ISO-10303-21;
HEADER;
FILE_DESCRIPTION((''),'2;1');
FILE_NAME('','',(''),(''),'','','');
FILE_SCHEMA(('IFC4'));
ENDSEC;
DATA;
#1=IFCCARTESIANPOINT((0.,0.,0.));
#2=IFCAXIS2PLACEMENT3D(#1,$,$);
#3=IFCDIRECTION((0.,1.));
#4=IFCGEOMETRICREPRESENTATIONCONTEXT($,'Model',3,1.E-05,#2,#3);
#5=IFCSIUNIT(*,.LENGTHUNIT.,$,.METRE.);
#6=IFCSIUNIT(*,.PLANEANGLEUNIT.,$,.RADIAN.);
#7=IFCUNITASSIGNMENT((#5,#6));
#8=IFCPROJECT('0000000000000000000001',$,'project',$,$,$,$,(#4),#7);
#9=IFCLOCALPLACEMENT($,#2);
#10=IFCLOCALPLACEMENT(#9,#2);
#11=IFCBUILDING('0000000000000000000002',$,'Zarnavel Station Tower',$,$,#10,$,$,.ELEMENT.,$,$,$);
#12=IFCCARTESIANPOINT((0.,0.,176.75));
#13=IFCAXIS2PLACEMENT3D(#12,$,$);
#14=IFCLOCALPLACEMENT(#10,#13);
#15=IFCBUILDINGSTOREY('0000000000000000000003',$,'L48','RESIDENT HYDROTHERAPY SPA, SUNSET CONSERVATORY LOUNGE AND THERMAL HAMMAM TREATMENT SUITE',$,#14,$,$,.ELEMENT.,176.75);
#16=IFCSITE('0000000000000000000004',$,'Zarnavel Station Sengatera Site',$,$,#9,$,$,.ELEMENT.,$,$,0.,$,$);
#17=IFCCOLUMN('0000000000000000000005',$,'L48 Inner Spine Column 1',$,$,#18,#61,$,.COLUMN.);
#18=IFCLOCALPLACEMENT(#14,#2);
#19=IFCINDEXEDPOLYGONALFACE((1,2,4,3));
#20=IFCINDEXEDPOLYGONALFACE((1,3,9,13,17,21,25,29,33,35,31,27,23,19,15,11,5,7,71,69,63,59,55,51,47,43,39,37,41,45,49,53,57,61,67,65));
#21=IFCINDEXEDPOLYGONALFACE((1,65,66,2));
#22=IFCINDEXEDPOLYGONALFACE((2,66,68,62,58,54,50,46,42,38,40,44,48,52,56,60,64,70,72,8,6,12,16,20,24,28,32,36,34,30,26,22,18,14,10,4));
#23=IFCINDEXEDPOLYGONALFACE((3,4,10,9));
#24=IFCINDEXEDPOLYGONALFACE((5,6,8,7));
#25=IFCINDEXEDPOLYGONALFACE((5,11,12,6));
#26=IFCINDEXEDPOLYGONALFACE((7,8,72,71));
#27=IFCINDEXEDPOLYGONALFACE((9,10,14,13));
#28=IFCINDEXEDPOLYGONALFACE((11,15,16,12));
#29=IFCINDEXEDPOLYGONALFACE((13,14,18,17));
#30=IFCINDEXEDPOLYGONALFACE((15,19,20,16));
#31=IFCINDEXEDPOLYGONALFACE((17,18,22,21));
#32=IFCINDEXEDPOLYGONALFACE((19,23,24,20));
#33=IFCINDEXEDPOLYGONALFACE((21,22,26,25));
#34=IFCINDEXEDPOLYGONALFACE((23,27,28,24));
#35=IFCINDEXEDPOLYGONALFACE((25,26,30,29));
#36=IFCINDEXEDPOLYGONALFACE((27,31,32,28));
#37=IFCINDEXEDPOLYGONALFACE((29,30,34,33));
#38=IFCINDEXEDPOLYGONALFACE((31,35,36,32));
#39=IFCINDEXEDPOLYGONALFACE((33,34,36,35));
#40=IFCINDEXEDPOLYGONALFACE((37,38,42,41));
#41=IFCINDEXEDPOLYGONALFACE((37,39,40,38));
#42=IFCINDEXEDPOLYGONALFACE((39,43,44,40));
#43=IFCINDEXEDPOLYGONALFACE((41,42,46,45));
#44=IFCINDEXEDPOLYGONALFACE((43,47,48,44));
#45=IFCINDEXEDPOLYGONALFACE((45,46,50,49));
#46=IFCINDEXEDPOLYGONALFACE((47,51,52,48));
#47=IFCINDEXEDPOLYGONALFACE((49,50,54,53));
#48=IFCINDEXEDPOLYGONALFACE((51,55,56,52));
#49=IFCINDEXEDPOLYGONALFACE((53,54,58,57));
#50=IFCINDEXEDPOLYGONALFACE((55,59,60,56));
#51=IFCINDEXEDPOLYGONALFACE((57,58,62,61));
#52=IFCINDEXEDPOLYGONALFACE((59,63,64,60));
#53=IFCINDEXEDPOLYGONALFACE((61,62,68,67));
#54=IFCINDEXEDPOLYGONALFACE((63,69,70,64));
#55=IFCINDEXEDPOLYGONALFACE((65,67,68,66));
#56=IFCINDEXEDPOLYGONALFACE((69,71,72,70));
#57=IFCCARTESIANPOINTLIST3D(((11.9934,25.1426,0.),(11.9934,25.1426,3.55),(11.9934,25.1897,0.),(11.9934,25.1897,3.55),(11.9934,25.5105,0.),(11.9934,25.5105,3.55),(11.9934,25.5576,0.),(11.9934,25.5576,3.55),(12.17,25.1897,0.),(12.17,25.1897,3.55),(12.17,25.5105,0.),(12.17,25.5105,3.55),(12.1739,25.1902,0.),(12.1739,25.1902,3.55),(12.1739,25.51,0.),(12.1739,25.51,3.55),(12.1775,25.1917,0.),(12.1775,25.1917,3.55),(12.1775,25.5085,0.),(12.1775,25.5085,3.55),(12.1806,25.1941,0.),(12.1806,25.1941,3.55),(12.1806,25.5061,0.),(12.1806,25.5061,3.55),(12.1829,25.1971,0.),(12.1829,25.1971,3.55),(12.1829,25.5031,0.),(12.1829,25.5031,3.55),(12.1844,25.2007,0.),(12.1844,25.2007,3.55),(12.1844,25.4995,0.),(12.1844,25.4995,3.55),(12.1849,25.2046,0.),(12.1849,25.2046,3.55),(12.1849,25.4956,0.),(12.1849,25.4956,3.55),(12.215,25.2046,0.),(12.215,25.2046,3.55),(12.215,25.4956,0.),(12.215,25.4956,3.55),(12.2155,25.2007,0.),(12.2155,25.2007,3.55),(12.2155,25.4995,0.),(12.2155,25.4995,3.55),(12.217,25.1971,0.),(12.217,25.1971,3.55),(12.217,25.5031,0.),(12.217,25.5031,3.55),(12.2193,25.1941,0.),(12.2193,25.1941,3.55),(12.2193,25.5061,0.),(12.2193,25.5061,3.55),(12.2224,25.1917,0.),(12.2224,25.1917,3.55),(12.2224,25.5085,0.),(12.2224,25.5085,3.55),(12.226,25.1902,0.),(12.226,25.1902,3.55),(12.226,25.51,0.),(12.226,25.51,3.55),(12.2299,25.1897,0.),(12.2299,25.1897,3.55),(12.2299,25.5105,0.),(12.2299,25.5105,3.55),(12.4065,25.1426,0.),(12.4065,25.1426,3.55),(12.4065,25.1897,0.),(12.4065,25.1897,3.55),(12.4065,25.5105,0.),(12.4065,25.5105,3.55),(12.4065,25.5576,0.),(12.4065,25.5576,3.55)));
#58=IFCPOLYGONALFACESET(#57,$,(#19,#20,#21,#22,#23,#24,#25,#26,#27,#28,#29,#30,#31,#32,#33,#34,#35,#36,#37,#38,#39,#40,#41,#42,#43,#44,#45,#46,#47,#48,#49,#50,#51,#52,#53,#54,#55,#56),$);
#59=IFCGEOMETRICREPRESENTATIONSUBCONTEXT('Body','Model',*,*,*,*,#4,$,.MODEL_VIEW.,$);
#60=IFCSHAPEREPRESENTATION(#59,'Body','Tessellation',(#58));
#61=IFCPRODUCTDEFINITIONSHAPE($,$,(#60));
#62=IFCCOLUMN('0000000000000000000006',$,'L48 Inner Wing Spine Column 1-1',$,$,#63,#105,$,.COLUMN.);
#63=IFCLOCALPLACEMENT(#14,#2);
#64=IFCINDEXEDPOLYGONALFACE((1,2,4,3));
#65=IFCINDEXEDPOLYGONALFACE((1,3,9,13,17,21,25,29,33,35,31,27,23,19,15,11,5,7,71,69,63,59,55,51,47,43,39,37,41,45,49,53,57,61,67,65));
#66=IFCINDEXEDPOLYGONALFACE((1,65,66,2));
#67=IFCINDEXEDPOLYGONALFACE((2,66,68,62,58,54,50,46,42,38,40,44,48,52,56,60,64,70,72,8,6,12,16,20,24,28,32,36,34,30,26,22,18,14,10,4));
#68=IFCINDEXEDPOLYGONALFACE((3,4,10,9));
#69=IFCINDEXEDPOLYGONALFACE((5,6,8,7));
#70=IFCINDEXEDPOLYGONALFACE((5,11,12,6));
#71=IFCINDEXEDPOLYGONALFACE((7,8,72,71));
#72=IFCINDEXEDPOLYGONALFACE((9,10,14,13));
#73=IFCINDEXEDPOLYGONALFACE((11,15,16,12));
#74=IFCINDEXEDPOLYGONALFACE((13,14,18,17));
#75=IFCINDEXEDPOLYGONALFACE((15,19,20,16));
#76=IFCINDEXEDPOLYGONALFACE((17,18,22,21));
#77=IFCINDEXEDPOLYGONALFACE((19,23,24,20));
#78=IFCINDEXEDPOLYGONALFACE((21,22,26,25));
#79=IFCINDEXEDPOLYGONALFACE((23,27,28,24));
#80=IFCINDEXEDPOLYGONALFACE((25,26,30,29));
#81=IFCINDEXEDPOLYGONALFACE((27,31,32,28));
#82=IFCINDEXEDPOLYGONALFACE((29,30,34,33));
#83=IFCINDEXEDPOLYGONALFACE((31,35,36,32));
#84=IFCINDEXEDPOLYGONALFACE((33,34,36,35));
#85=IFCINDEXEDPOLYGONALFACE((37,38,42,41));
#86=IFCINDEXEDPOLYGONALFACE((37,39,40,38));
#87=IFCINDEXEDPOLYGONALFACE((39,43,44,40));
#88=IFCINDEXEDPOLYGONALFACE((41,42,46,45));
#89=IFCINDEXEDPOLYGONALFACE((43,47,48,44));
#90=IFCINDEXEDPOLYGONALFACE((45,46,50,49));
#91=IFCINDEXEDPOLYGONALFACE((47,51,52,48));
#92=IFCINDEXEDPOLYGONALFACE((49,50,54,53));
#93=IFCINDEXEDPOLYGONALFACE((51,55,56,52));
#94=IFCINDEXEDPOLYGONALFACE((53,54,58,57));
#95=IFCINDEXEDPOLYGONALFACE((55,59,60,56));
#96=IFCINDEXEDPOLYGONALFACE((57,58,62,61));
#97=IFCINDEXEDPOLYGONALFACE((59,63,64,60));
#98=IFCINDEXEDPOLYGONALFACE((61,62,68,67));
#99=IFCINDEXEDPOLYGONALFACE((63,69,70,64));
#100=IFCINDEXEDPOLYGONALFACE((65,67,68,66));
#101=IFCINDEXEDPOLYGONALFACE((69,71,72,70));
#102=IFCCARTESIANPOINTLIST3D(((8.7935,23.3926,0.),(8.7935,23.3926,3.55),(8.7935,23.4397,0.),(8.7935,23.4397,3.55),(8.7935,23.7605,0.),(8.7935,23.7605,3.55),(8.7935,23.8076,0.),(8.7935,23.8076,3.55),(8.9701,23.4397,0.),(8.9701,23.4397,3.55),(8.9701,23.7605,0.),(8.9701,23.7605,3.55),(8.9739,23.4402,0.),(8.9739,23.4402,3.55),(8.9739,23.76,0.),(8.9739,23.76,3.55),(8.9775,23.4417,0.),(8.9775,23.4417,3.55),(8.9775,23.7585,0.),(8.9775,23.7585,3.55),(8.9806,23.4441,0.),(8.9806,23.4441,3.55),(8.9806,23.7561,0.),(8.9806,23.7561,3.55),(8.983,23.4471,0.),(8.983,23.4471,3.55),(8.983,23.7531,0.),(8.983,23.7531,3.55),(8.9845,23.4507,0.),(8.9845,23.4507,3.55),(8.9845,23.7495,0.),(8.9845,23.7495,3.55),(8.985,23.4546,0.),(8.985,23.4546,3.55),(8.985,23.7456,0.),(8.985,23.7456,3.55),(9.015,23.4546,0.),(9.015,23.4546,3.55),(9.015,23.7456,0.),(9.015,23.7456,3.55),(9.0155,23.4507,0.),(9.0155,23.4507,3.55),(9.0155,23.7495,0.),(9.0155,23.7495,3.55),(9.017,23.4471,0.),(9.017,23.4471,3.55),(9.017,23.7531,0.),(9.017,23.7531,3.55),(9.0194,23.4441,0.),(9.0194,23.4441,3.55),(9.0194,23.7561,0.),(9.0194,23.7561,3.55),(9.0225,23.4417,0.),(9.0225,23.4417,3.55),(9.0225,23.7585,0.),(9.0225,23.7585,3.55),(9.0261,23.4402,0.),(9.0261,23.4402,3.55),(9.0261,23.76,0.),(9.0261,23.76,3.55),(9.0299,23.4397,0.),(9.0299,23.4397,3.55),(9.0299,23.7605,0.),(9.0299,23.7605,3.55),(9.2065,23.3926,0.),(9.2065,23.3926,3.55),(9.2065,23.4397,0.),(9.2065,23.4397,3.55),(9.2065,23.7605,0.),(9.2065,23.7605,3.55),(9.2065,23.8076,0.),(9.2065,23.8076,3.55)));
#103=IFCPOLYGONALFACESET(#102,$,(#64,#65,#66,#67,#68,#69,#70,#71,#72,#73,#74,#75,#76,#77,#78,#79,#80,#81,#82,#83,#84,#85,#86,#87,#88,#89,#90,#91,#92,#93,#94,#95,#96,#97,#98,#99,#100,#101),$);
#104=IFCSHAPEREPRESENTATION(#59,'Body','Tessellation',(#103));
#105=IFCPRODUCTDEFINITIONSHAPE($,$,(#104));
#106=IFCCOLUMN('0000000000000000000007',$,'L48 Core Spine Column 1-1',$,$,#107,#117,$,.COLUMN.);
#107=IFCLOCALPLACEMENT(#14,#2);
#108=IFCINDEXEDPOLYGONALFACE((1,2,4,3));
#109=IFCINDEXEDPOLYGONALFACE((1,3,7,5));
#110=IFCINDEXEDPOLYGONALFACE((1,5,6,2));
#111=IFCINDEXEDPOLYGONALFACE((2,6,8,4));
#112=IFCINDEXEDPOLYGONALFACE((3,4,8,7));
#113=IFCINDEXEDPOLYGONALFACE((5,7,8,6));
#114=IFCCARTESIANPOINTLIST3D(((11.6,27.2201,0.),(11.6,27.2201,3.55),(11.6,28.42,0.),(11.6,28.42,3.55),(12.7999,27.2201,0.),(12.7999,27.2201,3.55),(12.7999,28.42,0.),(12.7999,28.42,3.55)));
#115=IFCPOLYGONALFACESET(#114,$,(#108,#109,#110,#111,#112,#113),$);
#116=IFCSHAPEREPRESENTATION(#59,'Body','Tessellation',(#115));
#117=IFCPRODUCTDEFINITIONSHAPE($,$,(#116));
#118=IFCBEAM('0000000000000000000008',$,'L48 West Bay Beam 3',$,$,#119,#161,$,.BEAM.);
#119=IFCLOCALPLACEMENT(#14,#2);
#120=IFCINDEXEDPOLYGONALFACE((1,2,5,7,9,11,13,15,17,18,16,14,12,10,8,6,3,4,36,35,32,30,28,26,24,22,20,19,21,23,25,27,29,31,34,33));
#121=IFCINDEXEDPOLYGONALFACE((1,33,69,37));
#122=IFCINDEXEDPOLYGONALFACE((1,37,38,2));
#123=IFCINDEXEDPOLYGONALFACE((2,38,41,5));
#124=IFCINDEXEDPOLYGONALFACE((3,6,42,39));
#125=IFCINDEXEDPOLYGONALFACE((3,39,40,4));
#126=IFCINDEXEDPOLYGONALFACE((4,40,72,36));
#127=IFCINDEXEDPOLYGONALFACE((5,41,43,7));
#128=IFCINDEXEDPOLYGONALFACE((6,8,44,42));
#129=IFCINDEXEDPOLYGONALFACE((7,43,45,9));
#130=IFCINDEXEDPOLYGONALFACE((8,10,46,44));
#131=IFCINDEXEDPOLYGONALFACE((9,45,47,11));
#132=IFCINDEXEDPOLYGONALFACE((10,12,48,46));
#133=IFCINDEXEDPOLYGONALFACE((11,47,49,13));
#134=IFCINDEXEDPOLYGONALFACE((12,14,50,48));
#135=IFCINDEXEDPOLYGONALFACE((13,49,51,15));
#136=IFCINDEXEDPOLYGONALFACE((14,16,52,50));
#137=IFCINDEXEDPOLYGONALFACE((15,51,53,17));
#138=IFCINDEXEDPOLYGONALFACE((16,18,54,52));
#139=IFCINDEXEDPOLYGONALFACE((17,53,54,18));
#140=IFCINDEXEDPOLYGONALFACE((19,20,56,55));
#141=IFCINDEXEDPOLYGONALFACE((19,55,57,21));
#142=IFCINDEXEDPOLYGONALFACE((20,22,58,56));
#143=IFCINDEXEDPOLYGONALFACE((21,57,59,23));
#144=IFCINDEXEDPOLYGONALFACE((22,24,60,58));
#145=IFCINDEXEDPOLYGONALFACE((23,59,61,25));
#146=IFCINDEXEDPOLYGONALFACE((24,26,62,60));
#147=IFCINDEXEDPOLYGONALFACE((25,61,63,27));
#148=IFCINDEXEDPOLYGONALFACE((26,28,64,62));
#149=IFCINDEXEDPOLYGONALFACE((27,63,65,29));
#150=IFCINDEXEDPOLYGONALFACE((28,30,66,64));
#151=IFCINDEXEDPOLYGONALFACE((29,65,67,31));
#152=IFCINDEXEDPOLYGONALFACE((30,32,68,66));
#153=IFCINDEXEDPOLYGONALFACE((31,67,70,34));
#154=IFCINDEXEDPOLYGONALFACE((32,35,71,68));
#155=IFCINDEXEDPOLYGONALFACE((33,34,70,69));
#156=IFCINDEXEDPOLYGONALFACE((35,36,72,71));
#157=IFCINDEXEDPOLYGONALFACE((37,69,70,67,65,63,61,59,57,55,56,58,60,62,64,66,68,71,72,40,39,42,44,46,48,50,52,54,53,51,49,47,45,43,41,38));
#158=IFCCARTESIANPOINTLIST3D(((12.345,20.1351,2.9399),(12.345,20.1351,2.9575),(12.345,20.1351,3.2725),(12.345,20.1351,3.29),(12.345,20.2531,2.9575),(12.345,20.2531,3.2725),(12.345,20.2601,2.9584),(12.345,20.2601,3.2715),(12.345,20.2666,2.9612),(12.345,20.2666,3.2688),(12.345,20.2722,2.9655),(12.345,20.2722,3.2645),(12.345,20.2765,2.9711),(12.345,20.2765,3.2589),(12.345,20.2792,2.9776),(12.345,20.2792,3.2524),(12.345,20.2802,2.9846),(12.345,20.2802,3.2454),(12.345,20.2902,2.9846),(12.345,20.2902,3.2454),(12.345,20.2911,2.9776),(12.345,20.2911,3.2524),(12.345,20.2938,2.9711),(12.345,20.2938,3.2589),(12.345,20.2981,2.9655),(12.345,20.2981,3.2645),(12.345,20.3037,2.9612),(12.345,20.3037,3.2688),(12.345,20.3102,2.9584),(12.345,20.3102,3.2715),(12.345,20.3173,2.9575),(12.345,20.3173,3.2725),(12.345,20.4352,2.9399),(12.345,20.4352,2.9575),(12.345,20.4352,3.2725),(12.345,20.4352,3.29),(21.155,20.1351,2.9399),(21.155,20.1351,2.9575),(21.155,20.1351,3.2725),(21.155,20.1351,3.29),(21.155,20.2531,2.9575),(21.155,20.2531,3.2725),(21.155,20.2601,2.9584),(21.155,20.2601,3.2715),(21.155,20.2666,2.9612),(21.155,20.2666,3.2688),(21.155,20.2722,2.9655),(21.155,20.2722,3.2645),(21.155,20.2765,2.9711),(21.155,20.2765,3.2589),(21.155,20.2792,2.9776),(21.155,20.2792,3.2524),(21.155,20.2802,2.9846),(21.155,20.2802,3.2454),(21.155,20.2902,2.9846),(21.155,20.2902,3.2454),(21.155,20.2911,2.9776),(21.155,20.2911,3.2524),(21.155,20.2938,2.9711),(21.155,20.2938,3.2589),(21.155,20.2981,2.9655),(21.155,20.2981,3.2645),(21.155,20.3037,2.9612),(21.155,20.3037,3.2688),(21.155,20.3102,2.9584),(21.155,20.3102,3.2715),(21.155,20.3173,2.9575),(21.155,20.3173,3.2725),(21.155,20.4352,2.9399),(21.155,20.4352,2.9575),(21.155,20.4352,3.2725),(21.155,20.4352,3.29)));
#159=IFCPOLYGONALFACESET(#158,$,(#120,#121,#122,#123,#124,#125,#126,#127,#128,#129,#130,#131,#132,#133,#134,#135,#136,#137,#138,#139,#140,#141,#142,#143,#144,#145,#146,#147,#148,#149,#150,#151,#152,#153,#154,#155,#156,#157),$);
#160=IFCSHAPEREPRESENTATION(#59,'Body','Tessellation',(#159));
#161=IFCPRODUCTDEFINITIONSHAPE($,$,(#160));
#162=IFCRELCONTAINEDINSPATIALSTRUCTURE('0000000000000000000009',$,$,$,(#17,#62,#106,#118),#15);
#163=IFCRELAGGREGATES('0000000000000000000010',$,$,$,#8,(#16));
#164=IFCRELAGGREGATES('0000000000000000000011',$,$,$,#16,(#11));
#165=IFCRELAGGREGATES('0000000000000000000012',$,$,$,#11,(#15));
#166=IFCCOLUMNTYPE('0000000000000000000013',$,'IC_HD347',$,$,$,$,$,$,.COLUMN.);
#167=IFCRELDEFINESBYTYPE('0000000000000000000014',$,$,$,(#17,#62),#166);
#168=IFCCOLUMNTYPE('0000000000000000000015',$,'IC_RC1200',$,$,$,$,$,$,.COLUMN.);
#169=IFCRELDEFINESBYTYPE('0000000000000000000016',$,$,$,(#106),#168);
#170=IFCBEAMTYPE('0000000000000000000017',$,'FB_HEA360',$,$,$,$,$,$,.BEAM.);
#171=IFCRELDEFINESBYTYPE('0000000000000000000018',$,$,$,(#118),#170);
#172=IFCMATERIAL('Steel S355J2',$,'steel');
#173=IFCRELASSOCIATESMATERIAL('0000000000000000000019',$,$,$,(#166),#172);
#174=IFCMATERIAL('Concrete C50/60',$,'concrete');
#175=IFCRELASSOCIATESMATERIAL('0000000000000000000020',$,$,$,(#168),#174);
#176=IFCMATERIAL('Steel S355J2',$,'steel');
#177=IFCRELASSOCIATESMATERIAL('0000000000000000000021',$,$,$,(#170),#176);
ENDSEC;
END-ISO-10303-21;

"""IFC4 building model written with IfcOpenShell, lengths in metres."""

from ifc_helpers import new_model, si_unit, direction, frame, origin, origin_2d, place, context, subcontext, project, spatial, rectangle, i_section, extrude, material, material_profile, profile_set, type_object, element, save


model = new_model("IFC4")

# Units and contexts
model_context = context("Model", 3, precision=1e-05, world=origin(), true_north=direction((0.0, 1.0)))
body_context = subcontext(model_context, "Body", "Model", "MODEL_VIEW")
ifc_project = project(units=[si_unit("LENGTHUNIT", "METRE"), si_unit("PLANEANGLEUNIT", "RADIAN")], contexts=[model_context])

# Site, building, storey
site_placement = place(None, origin())
site = spatial("IfcSite", under=ifc_project, at=site_placement, Name="Zarnavel Station Sengatera Site", CompositionType="ELEMENT", RefElevation=0.0)
building_placement = place(site_placement, origin())
building = spatial("IfcBuilding", under=site, at=building_placement, Name="Zarnavel Station Tower", CompositionType="ELEMENT")
storey_placement = place(building_placement, frame((0.0, 0.0, 176.75)))
storey = spatial("IfcBuildingStorey", under=building, at=storey_placement, Name="L48", Description="RESIDENT HYDROTHERAPY SPA, SUNSET CONSERVATORY LOUNGE AND THERMAL HAMMAM TREATMENT SUITE", CompositionType="ELEMENT", Elevation=176.75)

# Columns
ifc_material_1 = material(Name="Steel S355J2", Category="steel")
ifc_material_profile_1 = material_profile(ifc_material_1, i_section(OverallWidth=0.4131, OverallDepth=0.415, WebThickness=0.03, FlangeThickness=0.0471, FilletRadius=0.0149, at=origin_2d()), Name="HD400x347")
ifc_profile_set_1 = profile_set([ifc_material_profile_1], Name="Steel S355J2")
column_type_1 = type_object("IfcColumnType", Name="IC_HD347", PredefinedType="COLUMN", material=ifc_profile_set_1)
for number, where, z_axis, x_axis, name in (
    (1, (12.2, 25.3501, 0.0), (0.0, 0.0, 1.0), (1.0, 0.0, 0.0), "L48 Inner Spine Column 1"),
    (2, (9.0, 23.6001, 0.0), (0.0, 0.0, 1.0), (1.0, 0.0, 0.0), "L48 Inner Wing Spine Column 1-1"),
):
    element("IfcColumn", number, at=place(storey_placement, frame(where, z_axis=z_axis, x_axis=x_axis)), inside=storey, type_object=column_type_1, Name=name, PredefinedType="COLUMN", context=body_context, shape_type="SweptSolid", body=[
        extrude(i_section(OverallWidth=0.4131, OverallDepth=0.415, WebThickness=0.03, FlangeThickness=0.0471, FilletRadius=0.0149, at=origin_2d()), origin(), (0.0, 0.0, 1.0), 3.55),
    ])
ifc_material_2 = material(Name="Concrete C50/60", Category="concrete")
ifc_material_profile_2 = material_profile(ifc_material_2, rectangle(XDim=1.2, YDim=1.2, at=origin_2d()), Name="RC1200x1200")
ifc_profile_set_2 = profile_set([ifc_material_profile_2], Name="Concrete C50/60")
column_type_2 = type_object("IfcColumnType", Name="IC_RC1200", PredefinedType="COLUMN", material=ifc_profile_set_2)
column_placement = place(storey_placement, frame((12.2, 27.8201, 0.0), z_axis=(0.0, 0.0, 1.0), x_axis=(1.0, 0.0, 0.0)))
element("IfcColumn", 3, at=column_placement, inside=storey, type_object=column_type_2, Name="L48 Core Spine Column 1-1", PredefinedType="COLUMN", context=body_context, shape_type="SweptSolid", body=[
    extrude(rectangle(XDim=1.2, YDim=1.2, at=origin_2d()), origin(), (0.0, 0.0, 1.0), 3.55),
])

# Beam
ifc_material_3 = material(Name="Steel S355J2", Category="steel")
ifc_material_profile_3 = material_profile(ifc_material_3, i_section(OverallWidth=0.3, OverallDepth=0.3501, WebThickness=0.01, FlangeThickness=0.0176, FilletRadius=0.0271, at=origin_2d()), Name="HEA360")
ifc_profile_set_3 = profile_set([ifc_material_profile_3], Name="Steel S355J2")
beam_type_1 = type_object("IfcBeamType", Name="FB_HEA360", PredefinedType="BEAM", material=ifc_profile_set_3)
beam_1_placement = place(storey_placement, frame((12.345, 20.2852, 3.115), z_axis=(1.0, 0.0, 0.0), x_axis=(0.0, 1.0, 0.0)))
element("IfcBeam", 4, at=beam_1_placement, inside=storey, type_object=beam_type_1, Name="L48 West Bay Beam 3", PredefinedType="BEAM", context=body_context, shape_type="SweptSolid", body=[
    extrude(i_section(OverallWidth=0.3, OverallDepth=0.3501, WebThickness=0.01, FlangeThickness=0.0176, FilletRadius=0.0271, at=origin_2d()), origin(), (0.0, 0.0, 1.0), 8.8101),
])

save(model, "model.ifc")
